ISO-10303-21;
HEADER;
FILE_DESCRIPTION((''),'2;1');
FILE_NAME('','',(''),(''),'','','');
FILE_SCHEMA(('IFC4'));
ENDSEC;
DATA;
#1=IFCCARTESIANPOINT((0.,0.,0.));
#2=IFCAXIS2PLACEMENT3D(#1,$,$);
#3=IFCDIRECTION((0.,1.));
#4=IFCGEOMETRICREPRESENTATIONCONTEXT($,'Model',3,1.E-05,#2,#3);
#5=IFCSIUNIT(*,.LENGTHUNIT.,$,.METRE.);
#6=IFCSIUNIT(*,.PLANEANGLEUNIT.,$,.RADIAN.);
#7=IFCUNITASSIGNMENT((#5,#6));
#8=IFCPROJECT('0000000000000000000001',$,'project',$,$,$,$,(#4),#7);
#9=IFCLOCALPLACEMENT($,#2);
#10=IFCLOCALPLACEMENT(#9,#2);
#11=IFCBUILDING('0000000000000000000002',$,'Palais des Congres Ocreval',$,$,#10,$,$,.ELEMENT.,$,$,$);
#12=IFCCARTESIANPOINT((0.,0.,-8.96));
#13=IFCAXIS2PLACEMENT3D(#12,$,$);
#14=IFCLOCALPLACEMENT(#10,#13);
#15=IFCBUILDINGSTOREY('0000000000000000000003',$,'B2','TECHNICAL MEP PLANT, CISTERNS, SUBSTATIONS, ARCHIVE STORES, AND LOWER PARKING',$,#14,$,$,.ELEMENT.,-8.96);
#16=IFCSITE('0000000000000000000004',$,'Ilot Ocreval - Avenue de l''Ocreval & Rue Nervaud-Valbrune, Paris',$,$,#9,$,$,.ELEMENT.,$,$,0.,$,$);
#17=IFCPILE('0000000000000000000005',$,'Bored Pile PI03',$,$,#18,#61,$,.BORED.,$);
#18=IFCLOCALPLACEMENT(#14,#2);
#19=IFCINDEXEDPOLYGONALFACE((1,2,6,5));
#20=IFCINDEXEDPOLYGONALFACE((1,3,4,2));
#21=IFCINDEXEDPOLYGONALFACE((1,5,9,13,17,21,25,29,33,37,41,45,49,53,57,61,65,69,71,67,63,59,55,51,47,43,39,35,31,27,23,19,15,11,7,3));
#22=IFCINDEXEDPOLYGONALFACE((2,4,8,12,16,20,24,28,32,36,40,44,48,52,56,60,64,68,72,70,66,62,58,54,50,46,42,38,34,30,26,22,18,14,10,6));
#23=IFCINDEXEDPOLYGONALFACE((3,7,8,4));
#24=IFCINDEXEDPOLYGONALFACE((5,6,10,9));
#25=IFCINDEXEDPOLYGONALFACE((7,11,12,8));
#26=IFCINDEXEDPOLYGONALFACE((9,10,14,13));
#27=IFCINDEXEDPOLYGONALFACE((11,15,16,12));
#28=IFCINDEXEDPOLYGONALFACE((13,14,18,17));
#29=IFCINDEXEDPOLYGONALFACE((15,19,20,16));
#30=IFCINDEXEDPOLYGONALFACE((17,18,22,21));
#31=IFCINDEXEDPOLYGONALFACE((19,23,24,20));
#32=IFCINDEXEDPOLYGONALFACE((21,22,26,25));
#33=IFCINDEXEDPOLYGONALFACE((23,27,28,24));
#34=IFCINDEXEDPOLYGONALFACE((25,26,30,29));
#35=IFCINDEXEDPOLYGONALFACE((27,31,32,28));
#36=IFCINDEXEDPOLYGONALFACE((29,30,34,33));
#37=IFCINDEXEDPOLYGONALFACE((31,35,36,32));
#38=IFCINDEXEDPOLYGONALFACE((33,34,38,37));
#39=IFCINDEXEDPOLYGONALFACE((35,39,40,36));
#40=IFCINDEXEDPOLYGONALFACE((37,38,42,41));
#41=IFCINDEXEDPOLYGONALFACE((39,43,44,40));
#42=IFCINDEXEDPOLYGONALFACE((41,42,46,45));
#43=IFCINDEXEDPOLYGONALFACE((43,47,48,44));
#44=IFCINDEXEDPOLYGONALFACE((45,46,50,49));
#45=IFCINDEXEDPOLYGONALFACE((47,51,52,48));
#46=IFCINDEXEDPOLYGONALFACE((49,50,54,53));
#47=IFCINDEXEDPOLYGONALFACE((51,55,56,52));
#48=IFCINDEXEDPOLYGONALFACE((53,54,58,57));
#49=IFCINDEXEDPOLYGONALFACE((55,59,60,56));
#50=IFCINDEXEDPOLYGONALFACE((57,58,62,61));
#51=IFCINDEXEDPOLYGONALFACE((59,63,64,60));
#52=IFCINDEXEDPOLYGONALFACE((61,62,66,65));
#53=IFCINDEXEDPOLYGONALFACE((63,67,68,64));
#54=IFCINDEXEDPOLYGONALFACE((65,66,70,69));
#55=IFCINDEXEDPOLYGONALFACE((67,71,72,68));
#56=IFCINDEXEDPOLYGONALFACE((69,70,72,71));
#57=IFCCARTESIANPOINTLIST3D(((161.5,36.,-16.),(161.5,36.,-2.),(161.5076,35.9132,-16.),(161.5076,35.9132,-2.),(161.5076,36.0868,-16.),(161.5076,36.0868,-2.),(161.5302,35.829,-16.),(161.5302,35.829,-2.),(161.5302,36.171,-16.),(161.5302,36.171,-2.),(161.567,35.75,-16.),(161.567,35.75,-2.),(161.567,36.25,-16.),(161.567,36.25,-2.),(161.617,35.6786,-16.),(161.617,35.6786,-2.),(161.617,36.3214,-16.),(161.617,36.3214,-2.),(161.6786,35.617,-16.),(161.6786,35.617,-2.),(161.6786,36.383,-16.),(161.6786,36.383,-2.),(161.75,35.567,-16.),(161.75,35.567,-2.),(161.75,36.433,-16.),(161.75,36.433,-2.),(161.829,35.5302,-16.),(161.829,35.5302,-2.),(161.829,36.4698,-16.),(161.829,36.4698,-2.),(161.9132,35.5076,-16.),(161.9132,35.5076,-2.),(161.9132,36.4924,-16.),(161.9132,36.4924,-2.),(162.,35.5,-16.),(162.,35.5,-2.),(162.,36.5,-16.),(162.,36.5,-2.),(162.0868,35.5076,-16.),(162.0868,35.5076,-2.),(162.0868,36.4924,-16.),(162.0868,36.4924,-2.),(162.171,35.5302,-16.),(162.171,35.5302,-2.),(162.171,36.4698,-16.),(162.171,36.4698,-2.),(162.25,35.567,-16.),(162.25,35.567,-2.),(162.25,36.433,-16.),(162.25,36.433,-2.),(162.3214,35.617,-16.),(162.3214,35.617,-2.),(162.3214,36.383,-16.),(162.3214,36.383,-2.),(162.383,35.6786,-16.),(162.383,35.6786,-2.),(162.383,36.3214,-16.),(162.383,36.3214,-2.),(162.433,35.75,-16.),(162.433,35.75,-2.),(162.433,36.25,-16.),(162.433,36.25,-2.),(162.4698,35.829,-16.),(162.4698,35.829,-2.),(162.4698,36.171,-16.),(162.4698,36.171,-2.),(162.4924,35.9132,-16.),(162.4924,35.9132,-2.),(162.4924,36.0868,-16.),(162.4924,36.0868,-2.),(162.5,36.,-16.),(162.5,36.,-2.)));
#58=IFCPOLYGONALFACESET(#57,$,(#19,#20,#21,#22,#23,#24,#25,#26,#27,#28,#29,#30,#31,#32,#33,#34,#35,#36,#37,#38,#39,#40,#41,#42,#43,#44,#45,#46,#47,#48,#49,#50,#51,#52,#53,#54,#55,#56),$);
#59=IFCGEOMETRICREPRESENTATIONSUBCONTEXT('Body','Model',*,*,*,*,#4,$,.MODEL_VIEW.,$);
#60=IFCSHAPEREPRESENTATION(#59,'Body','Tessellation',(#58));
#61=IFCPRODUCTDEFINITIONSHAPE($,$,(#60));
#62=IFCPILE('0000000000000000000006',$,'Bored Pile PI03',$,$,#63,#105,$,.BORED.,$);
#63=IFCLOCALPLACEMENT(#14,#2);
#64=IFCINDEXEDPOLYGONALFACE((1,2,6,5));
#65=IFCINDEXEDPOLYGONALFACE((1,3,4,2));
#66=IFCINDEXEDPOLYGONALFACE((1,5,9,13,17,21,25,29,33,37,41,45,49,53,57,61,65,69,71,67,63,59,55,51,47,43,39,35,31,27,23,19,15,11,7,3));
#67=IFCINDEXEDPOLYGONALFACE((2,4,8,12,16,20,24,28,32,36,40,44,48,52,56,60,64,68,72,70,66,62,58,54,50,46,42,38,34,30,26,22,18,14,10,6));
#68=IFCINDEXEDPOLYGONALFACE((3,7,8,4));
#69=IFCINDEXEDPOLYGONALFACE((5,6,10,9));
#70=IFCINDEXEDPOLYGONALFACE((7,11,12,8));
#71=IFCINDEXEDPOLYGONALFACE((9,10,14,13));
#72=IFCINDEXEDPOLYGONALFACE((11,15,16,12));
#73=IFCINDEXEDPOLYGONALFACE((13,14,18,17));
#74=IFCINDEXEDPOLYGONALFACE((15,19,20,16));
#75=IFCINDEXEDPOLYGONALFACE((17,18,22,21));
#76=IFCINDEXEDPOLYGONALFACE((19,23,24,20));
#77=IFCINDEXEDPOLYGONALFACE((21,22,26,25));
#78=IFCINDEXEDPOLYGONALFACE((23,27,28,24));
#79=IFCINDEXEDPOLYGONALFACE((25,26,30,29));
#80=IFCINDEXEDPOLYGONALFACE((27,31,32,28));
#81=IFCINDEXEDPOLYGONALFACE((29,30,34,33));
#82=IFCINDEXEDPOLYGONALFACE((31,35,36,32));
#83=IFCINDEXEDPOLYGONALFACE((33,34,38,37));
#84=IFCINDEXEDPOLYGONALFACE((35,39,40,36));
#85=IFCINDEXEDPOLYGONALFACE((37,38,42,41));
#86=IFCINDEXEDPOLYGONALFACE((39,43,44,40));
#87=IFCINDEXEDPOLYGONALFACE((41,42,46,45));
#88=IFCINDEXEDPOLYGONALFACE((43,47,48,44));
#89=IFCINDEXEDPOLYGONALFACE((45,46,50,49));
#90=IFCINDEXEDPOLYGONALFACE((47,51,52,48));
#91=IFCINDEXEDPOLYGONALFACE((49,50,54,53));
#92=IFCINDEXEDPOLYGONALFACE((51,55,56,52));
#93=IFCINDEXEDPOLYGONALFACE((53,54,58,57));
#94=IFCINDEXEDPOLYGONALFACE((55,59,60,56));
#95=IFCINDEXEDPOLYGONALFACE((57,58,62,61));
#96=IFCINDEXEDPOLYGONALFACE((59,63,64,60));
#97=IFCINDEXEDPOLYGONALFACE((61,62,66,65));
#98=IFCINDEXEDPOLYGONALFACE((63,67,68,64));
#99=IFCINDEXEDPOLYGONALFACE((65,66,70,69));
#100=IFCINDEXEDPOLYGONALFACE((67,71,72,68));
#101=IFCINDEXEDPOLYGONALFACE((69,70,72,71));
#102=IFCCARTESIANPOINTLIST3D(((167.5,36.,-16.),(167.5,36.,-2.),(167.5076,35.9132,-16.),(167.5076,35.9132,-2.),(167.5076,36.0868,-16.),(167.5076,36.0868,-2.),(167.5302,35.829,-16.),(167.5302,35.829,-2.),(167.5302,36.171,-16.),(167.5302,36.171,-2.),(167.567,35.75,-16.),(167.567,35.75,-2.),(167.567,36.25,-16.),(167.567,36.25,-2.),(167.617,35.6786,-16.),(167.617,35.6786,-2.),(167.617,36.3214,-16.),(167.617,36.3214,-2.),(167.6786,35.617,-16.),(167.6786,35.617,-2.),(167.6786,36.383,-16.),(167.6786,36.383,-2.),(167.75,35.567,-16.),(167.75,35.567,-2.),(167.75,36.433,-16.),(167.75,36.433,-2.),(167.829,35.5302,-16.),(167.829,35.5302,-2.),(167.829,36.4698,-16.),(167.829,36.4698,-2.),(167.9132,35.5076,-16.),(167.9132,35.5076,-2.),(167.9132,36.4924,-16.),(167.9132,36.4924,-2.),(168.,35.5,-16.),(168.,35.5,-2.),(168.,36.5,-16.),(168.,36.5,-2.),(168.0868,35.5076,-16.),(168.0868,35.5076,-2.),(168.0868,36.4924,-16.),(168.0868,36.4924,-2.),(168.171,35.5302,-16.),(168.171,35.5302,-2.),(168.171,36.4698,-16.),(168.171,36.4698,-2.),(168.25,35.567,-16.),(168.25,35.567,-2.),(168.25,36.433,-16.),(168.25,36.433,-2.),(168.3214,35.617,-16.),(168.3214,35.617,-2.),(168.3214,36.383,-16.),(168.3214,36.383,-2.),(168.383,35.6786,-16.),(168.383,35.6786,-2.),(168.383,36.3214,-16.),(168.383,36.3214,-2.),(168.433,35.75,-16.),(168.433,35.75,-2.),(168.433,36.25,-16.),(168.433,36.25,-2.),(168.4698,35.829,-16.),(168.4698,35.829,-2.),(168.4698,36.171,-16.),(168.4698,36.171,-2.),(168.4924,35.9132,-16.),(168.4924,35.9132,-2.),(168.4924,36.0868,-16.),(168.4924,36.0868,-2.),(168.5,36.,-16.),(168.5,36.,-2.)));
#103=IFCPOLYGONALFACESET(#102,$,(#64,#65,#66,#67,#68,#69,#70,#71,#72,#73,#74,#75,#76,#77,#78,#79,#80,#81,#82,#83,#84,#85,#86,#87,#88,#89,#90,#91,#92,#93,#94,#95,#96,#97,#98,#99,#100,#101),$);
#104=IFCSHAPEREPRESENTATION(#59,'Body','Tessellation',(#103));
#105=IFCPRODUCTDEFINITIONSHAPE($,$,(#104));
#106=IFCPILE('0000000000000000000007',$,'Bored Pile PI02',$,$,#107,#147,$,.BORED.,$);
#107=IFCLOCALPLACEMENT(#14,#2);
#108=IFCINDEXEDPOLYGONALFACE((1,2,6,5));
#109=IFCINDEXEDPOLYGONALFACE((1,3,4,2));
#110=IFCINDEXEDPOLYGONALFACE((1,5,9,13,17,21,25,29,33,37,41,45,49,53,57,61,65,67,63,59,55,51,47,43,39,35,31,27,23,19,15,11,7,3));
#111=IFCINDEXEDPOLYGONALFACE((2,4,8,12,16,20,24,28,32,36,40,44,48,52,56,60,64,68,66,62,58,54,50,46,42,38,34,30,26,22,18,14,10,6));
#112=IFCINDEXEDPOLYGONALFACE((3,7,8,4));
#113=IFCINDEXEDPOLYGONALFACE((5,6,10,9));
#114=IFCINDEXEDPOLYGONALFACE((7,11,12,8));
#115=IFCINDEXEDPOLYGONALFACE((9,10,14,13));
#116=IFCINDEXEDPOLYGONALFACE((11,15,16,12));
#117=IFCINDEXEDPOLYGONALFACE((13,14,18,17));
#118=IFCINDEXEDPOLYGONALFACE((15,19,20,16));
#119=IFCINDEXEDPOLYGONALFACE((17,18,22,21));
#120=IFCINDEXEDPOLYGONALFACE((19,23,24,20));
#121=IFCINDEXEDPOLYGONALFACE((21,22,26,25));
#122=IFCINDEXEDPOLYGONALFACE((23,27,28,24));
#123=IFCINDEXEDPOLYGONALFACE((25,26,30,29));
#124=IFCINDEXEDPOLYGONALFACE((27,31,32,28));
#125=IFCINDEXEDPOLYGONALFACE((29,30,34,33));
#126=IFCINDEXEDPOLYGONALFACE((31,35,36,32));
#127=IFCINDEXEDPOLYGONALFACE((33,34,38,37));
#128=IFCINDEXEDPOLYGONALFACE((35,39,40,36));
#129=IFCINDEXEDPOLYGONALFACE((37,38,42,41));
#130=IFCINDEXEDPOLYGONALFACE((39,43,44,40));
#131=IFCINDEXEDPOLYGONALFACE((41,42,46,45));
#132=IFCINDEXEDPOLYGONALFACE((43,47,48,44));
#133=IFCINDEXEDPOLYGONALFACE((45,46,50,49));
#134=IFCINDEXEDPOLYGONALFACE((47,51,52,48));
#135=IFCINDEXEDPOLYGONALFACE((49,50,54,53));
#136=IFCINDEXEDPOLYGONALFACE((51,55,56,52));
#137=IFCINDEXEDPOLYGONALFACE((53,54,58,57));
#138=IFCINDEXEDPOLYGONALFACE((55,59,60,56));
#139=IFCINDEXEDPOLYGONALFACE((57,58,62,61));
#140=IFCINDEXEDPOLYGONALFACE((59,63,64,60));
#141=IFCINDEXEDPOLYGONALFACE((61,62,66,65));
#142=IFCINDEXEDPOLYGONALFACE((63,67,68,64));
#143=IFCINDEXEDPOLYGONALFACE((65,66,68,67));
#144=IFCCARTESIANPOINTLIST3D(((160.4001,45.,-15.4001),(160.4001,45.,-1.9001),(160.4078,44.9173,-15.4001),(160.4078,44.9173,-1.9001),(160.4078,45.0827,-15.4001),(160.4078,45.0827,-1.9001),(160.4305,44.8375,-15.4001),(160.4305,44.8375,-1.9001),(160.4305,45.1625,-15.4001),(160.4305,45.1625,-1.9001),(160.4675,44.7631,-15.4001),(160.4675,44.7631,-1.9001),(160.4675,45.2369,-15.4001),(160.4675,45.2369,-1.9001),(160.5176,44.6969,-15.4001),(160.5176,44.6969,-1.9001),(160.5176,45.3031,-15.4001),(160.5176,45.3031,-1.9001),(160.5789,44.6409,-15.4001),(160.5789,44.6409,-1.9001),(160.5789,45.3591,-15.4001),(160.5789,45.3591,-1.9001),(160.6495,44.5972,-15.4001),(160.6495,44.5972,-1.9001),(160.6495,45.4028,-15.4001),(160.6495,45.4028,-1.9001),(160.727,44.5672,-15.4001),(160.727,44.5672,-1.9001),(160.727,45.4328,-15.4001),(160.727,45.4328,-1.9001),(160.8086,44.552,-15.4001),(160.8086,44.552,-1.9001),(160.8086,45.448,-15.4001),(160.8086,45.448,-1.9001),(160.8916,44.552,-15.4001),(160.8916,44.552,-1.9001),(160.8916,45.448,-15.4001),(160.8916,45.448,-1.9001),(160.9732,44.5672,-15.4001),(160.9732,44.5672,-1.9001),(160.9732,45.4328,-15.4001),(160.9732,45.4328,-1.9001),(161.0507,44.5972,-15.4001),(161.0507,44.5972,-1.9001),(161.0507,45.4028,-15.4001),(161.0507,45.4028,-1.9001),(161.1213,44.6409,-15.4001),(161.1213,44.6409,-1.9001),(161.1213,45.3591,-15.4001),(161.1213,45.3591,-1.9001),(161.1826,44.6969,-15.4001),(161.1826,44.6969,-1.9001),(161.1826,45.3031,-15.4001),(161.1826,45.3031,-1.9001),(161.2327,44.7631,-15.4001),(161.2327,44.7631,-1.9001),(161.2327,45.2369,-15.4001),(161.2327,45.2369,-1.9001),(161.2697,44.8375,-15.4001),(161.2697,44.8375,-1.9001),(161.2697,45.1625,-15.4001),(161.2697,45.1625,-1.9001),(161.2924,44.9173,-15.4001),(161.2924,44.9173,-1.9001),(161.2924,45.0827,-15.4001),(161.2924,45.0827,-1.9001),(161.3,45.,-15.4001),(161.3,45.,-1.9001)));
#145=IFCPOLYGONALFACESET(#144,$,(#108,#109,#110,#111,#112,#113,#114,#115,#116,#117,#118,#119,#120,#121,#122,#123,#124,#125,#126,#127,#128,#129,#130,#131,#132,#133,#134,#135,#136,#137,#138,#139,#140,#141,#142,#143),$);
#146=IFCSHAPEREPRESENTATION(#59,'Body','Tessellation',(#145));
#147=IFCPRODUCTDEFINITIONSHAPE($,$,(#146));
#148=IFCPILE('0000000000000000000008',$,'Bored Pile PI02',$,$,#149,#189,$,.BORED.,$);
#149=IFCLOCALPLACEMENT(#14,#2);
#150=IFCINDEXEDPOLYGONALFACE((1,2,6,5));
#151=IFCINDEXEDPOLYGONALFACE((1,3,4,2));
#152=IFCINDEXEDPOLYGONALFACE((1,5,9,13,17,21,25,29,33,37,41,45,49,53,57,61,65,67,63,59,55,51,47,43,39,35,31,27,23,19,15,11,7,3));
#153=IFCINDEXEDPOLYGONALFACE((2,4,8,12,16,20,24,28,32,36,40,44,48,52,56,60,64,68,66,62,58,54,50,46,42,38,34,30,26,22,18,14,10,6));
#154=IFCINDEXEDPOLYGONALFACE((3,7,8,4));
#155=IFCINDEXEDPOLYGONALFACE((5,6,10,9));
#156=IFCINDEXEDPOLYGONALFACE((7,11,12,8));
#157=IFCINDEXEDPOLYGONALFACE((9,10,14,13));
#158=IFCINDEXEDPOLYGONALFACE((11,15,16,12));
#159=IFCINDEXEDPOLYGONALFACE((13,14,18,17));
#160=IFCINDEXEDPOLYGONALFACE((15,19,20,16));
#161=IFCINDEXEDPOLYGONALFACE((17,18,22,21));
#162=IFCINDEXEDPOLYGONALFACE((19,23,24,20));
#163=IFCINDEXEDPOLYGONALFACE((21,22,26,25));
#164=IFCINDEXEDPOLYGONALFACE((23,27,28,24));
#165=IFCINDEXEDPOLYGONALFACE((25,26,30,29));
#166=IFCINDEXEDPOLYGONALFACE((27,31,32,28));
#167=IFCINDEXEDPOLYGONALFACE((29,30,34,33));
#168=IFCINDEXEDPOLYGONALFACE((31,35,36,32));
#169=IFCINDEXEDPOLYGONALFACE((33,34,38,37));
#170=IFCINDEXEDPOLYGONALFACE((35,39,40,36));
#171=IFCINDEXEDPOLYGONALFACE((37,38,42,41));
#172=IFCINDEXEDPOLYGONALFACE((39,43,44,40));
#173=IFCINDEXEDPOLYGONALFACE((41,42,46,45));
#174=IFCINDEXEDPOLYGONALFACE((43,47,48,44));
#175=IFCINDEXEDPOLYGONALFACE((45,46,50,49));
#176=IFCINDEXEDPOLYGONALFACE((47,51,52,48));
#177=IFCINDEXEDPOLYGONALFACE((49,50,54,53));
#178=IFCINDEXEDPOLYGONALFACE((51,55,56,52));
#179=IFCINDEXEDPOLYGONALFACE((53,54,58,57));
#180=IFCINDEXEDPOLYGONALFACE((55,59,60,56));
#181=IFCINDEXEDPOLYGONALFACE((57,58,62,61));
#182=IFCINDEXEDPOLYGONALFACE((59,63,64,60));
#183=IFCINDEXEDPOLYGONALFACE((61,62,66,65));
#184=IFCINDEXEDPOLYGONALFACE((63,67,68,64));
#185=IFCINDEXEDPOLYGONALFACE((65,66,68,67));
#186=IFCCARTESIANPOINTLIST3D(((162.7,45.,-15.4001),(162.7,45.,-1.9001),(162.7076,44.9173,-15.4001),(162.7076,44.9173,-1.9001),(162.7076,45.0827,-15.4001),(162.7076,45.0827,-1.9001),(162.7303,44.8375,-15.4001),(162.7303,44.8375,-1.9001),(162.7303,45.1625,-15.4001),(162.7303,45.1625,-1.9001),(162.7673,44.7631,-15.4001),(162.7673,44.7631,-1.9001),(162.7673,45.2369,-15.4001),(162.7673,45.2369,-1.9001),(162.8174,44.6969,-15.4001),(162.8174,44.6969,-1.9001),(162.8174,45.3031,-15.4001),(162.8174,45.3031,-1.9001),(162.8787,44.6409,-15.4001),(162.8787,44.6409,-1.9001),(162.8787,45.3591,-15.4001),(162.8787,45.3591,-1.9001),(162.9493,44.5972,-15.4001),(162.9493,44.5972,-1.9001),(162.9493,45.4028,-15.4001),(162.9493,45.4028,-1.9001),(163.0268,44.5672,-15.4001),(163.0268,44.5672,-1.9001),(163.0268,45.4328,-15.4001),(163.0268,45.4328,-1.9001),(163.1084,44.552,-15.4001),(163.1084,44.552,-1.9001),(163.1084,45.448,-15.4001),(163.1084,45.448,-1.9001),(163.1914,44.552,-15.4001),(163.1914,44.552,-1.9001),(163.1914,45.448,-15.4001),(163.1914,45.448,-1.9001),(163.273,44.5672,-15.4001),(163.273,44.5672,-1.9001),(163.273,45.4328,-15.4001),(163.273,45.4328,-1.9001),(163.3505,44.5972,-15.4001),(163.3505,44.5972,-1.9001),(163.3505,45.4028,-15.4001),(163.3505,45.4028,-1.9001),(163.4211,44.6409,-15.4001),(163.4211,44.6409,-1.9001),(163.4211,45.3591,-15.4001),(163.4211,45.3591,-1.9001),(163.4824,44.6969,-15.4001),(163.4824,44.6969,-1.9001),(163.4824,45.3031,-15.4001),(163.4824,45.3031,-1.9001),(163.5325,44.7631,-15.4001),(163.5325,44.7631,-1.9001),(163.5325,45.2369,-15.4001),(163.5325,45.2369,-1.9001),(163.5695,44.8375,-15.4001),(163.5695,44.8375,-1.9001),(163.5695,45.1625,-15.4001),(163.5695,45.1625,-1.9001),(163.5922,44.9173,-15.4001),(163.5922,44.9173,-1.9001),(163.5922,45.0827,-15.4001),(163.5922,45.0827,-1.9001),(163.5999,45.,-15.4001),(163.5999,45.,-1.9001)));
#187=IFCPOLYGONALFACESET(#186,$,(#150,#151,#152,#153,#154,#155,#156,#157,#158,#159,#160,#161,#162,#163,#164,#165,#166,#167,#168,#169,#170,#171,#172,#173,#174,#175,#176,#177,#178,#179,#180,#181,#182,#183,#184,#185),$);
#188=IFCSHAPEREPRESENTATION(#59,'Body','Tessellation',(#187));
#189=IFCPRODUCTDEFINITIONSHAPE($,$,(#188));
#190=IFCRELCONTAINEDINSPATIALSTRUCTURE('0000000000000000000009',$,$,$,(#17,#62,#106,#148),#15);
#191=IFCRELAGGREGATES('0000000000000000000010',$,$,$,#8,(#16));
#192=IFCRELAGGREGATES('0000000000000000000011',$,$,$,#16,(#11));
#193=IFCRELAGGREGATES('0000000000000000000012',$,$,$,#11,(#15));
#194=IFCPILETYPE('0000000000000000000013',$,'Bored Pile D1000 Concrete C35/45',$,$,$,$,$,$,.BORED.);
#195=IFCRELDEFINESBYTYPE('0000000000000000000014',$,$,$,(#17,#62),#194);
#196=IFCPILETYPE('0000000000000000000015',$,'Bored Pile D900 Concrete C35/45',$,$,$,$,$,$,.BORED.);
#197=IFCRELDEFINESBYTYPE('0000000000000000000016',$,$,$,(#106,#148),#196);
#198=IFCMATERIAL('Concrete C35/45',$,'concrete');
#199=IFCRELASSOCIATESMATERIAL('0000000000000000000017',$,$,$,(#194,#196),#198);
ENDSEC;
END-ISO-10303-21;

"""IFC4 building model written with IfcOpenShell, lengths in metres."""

from ifc_helpers import new_model, si_unit, direction, frame, origin, origin_2d, place, context, subcontext, project, spatial, circle, extrude, material, material_profile, profile_set, type_object, element, save


model = new_model("IFC4")

# Units and contexts
model_context = context("Model", 3, precision=1e-05, world=origin(), true_north=direction((0.0, 1.0)))
body_context = subcontext(model_context, "Body", "Model", "MODEL_VIEW")
ifc_project = project(units=[si_unit("LENGTHUNIT", "METRE"), si_unit("PLANEANGLEUNIT", "RADIAN")], contexts=[model_context])

# Site, building, storey
site_placement = place(None, origin())
site = spatial("IfcSite", under=ifc_project, at=site_placement, Name="Ilot Ocreval - Avenue de l'Ocreval & Rue Nervaud-Valbrune, Paris", CompositionType="ELEMENT", RefElevation=0.0)
building_placement = place(site_placement, origin())
building = spatial("IfcBuilding", under=site, at=building_placement, Name="Palais des Congres Ocreval", CompositionType="ELEMENT")
storey_placement = place(building_placement, frame((0.0, 0.0, -8.96)))
storey = spatial("IfcBuildingStorey", under=building, at=storey_placement, Name="B2", Description="TECHNICAL MEP PLANT, CISTERNS, SUBSTATIONS, ARCHIVE STORES, AND LOWER PARKING", CompositionType="ELEMENT", Elevation=-8.96)

# Piles
ifc_material_1 = material(Name="Concrete C35/45", Category="concrete")
ifc_material_profile_1 = material_profile(ifc_material_1, circle(Radius=0.5, at=origin_2d()), Name="BORED PILE 1000")
ifc_profile_set_1 = profile_set([ifc_material_profile_1], Name="Concrete C35/45")
pile_type_1 = type_object("IfcPileType", Name="Bored Pile D1000 Concrete C35/45", PredefinedType="BORED", material=ifc_profile_set_1)
for number, where, z_axis, x_axis, name in (
    (1, (162.0, 36.0, -2.0), (0.0, 0.0, -1.0), (1.0, 0.0, 0.0), "Bored Pile PI03"),
    (2, (168.0, 36.0, -2.0), (0.0, 0.0, -1.0), (1.0, 0.0, 0.0), "Bored Pile PI03"),
):
    element("IfcPile", number, at=place(storey_placement, frame(where, z_axis=z_axis, x_axis=x_axis)), inside=storey, type_object=pile_type_1, Name=name, PredefinedType="BORED", context=body_context, shape_type="SweptSolid", body=[
        extrude(circle(Radius=0.5, at=origin_2d()), origin(), (0.0, 0.0, 1.0), 14.0),
    ])
ifc_material_profile_2 = material_profile(ifc_material_1, circle(Radius=0.45, at=origin_2d()), Name="BORED PILE 900")
ifc_profile_set_2 = profile_set([ifc_material_profile_2], Name="Concrete C35/45")
pile_type_2 = type_object("IfcPileType", Name="Bored Pile D900 Concrete C35/45", PredefinedType="BORED", material=ifc_profile_set_2)
for number, where, z_axis, x_axis, name in (
    (3, (160.8501, 45.0, -1.9001), (0.0, 0.0, -1.0), (1.0, 0.0, 0.0), "Bored Pile PI02"),
    (4, (163.1499, 45.0, -1.9001), (0.0, 0.0, -1.0), (1.0, 0.0, 0.0), "Bored Pile PI02"),
):
    element("IfcPile", number, at=place(storey_placement, frame(where, z_axis=z_axis, x_axis=x_axis)), inside=storey, type_object=pile_type_2, Name=name, PredefinedType="BORED", context=body_context, shape_type="SweptSolid", body=[
        extrude(circle(Radius=0.45, at=origin_2d()), origin(), (0.0, 0.0, 1.0), 13.5),
    ])

save(model, "model.ifc")
